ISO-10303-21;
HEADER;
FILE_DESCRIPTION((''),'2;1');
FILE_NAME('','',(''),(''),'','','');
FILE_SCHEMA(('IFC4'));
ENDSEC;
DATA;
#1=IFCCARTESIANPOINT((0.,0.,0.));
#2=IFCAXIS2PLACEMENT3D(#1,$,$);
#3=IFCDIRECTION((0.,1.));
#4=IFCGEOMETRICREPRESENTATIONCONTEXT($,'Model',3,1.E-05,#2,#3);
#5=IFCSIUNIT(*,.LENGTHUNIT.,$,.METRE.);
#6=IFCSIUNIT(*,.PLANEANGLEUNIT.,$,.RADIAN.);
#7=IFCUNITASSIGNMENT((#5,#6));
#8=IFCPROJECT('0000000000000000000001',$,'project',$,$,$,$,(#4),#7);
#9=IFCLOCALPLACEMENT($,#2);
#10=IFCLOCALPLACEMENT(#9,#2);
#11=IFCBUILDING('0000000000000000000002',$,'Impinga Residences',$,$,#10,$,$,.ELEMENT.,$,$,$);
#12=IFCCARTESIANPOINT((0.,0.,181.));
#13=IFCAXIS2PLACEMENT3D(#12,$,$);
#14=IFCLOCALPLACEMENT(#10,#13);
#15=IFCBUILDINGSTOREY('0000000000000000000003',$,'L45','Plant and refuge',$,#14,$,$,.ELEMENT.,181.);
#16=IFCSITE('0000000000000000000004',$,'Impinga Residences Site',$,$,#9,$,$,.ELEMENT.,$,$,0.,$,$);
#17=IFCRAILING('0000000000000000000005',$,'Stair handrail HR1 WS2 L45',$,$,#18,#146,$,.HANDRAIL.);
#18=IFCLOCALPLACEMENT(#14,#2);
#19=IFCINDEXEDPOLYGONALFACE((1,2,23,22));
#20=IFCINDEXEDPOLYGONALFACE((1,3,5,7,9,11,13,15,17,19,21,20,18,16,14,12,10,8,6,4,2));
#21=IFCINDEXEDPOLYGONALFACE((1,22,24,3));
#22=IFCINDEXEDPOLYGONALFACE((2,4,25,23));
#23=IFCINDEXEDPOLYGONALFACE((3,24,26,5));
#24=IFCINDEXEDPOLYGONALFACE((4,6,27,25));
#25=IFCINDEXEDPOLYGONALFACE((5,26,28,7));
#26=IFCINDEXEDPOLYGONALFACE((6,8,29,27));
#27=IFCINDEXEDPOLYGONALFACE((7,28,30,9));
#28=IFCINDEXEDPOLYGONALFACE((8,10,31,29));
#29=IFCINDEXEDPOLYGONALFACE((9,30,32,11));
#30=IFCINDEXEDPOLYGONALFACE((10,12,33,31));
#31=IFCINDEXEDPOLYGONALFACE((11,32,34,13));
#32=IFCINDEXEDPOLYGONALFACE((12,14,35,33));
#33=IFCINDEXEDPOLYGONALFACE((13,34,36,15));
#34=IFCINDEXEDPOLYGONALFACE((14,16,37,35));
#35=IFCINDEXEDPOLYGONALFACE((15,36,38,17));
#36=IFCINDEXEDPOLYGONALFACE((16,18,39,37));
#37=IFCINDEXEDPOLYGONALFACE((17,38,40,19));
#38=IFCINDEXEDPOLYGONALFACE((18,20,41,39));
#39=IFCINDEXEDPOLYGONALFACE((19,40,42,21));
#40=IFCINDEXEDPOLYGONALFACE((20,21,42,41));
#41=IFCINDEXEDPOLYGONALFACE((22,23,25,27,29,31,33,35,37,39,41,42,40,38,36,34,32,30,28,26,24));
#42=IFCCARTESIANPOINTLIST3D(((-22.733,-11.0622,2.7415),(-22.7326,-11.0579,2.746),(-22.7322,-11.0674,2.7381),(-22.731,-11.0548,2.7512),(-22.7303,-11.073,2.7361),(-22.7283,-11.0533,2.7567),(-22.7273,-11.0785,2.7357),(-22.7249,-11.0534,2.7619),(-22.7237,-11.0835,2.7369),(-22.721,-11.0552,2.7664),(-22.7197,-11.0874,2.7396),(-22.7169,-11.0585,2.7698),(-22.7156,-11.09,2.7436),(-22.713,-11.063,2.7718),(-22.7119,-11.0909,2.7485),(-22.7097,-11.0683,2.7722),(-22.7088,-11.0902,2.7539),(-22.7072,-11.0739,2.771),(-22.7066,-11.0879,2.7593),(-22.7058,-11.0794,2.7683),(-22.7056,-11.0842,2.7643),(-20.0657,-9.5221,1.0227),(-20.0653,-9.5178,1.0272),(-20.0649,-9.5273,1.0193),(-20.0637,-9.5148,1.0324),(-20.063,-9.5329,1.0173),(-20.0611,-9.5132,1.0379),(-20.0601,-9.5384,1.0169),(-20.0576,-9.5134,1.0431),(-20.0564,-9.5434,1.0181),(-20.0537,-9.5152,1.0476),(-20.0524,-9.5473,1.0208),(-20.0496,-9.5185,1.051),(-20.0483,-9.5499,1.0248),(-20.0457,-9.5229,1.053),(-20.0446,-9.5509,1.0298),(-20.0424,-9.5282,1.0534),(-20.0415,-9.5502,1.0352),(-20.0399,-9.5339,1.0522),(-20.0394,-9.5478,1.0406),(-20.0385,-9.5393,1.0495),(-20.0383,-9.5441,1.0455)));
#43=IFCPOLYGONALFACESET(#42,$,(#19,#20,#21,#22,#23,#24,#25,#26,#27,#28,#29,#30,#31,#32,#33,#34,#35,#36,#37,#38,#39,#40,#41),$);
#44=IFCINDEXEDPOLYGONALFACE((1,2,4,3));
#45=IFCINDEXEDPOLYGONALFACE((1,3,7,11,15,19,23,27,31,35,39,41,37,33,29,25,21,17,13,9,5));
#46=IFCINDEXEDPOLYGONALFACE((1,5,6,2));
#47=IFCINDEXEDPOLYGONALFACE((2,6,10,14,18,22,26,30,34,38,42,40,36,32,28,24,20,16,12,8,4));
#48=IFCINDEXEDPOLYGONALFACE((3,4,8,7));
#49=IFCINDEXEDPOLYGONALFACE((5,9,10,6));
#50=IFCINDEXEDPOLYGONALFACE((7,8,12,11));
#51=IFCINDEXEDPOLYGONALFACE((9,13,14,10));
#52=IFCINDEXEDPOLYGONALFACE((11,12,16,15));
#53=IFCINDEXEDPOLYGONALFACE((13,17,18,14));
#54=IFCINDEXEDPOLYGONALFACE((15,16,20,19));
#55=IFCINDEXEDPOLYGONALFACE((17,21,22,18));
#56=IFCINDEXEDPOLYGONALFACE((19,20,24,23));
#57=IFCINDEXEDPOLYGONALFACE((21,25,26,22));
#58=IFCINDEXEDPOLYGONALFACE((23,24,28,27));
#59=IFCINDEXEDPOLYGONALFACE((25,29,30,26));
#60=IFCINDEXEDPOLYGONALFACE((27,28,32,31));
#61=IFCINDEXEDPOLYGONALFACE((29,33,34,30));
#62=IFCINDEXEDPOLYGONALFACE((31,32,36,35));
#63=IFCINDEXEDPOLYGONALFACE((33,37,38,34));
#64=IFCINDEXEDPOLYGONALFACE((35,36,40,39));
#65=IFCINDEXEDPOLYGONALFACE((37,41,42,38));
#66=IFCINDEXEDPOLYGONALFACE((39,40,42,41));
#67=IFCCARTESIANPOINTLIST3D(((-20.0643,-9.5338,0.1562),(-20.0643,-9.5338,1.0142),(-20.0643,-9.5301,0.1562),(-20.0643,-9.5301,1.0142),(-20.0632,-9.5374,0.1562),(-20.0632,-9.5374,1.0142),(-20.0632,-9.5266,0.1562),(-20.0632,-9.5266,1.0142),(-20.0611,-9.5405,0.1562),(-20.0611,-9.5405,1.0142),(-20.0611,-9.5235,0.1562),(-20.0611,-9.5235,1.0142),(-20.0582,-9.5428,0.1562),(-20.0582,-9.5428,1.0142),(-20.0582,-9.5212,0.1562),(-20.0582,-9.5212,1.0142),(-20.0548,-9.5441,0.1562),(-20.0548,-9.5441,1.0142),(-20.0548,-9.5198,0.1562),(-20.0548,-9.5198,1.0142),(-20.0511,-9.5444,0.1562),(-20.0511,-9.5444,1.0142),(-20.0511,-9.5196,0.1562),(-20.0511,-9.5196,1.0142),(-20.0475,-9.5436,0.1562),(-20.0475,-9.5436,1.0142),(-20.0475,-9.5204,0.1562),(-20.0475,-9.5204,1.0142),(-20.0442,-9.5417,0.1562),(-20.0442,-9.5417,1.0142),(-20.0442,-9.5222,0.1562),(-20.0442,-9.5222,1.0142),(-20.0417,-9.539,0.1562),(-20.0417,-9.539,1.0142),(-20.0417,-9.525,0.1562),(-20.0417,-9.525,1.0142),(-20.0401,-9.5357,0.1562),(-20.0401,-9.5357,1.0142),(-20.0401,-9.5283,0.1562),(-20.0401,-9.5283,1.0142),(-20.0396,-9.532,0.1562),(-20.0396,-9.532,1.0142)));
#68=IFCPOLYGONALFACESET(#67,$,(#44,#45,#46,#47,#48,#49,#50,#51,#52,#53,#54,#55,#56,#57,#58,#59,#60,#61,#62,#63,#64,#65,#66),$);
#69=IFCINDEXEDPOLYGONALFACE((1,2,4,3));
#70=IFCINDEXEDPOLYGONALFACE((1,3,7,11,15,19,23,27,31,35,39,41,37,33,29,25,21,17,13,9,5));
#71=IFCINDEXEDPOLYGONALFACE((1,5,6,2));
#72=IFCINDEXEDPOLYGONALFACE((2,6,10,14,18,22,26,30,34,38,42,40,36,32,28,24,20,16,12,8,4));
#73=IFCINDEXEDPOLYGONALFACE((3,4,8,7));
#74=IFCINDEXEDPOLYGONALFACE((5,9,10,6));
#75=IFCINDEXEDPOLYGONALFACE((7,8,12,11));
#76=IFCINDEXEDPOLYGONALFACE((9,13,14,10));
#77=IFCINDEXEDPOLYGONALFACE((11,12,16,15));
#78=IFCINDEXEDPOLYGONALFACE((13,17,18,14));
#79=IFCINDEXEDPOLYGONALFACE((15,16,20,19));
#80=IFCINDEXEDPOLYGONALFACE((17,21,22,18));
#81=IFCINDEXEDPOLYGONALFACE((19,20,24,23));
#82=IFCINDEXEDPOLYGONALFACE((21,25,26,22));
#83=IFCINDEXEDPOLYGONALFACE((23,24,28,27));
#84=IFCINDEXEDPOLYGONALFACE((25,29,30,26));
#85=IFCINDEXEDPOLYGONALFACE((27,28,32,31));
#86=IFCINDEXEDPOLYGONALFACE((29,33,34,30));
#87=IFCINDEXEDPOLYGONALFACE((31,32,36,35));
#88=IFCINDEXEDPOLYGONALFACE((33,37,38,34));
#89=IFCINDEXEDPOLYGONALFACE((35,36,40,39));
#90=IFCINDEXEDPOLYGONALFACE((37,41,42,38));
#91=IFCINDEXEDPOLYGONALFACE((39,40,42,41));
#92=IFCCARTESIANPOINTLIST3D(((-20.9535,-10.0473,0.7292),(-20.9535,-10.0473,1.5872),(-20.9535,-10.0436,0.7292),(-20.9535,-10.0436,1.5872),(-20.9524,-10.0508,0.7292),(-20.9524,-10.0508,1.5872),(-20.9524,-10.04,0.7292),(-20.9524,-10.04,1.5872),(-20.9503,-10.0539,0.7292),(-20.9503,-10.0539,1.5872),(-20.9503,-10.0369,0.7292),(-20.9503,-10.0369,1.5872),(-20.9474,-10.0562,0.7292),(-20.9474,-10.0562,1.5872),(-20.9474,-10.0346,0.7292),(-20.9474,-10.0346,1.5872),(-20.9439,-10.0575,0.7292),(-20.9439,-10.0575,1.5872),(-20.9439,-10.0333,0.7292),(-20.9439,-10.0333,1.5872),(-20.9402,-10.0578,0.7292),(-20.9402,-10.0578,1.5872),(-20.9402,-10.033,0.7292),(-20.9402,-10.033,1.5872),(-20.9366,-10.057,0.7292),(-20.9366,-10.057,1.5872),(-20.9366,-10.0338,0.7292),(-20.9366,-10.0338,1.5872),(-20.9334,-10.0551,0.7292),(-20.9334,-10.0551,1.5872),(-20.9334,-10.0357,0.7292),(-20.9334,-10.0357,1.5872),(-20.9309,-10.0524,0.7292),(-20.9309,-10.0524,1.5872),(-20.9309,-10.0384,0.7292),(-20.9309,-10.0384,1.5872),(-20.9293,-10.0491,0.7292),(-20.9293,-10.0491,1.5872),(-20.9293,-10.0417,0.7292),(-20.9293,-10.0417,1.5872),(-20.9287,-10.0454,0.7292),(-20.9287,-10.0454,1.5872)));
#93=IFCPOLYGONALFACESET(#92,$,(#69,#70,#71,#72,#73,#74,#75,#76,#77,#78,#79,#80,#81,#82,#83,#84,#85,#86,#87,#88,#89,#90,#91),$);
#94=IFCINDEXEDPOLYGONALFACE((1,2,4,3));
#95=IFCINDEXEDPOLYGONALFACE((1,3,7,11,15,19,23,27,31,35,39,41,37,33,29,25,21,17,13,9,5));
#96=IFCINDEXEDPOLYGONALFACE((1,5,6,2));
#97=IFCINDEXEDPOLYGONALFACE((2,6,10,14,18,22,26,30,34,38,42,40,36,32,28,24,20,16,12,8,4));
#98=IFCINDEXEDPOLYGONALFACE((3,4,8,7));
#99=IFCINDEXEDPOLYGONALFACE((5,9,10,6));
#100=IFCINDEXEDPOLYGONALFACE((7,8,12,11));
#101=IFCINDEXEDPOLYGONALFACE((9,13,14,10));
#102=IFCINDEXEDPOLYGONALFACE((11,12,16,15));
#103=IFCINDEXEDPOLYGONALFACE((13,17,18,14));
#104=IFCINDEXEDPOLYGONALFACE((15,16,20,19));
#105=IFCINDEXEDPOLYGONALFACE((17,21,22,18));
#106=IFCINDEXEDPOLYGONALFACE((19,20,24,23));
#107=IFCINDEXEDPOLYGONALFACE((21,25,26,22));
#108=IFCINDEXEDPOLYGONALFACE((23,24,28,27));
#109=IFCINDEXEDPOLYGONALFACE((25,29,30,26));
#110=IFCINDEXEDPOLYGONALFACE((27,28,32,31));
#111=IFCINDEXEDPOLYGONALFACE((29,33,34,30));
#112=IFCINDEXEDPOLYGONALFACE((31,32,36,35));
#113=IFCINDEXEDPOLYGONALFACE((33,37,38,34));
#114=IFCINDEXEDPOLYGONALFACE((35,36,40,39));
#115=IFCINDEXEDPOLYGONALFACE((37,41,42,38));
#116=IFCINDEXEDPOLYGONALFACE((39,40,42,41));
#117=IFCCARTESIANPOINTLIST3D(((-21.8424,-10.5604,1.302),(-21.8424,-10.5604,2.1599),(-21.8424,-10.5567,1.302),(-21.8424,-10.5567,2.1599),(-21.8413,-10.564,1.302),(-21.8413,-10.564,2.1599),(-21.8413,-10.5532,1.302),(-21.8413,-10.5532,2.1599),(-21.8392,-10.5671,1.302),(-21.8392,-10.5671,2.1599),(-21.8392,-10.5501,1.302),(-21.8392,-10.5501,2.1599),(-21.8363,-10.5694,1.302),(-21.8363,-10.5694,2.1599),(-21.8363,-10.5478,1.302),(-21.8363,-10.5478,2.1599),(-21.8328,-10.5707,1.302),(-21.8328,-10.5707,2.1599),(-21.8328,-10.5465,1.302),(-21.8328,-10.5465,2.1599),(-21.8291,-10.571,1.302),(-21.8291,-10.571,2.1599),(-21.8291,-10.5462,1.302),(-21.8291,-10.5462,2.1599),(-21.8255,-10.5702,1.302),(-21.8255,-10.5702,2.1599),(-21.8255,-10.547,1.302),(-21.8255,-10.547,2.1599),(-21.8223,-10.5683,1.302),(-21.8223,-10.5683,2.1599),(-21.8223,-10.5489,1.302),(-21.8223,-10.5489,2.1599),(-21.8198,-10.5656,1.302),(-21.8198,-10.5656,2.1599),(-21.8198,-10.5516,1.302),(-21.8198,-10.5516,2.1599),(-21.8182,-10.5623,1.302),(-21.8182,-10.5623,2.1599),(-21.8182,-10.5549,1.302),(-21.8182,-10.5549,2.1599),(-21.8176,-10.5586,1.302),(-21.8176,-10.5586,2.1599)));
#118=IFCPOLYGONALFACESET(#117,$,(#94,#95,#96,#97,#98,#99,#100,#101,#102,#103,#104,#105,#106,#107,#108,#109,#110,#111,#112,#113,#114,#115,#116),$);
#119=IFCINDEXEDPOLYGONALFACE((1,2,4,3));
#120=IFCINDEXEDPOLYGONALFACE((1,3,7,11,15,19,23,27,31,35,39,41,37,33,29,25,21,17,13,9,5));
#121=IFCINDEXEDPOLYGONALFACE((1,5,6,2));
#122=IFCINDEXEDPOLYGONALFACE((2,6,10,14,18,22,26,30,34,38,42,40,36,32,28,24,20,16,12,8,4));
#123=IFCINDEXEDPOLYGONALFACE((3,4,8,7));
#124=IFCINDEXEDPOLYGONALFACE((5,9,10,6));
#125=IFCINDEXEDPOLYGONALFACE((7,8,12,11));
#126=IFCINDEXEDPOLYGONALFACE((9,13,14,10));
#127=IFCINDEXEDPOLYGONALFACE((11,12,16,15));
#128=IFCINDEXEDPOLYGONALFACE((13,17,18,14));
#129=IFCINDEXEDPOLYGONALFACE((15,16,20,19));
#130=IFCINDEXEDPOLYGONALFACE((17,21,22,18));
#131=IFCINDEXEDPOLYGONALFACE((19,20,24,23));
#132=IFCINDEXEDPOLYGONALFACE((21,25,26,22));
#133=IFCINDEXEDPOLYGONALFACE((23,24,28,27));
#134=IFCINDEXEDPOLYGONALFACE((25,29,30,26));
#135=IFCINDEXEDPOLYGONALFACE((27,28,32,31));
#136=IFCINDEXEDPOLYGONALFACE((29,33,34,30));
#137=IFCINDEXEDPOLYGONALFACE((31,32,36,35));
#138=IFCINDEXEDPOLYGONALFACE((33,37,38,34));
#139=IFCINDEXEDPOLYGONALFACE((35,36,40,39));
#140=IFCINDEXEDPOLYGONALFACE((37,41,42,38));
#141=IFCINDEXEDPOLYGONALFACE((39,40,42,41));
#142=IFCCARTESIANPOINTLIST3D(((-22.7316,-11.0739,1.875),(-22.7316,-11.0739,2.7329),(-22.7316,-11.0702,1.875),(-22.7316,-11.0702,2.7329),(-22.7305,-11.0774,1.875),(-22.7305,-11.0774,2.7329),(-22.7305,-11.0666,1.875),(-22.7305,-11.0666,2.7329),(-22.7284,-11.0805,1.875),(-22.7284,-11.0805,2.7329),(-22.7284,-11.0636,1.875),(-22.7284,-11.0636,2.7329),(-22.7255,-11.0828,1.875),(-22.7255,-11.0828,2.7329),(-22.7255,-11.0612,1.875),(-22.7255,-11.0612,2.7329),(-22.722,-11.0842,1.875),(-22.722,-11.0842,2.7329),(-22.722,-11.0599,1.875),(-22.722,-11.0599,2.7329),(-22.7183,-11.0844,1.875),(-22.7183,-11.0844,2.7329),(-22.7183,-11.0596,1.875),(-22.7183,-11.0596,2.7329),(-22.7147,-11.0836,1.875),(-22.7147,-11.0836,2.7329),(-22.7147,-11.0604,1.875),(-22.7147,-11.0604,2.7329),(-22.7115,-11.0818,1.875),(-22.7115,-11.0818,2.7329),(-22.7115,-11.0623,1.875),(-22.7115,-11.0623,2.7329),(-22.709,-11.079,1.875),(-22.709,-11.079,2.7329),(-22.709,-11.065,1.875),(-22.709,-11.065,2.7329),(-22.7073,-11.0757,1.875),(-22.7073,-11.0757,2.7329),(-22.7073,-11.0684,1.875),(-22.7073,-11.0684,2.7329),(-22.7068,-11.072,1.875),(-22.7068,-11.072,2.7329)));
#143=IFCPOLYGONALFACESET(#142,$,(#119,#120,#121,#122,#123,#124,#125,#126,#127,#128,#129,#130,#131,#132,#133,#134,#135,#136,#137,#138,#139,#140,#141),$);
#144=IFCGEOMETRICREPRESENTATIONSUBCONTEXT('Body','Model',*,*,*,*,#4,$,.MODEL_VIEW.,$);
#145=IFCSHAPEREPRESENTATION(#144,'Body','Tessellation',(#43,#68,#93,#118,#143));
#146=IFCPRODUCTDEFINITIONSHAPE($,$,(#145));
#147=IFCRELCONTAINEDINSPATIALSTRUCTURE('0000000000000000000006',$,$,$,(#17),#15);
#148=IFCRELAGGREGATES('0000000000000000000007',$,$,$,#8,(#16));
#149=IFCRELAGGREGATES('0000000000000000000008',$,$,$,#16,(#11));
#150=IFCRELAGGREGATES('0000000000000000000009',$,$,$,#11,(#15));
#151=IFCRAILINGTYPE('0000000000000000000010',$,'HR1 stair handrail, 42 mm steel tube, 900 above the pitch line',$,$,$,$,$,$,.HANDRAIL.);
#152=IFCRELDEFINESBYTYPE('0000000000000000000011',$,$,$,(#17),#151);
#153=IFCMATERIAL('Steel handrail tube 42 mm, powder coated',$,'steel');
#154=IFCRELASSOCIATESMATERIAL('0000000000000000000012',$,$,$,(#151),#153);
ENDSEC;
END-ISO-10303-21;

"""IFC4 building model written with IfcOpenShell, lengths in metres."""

from ifc_helpers import new_model, si_unit, direction, frame, origin, origin_2d, place, context, subcontext, project, spatial, circle, extrude, material, type_object, element, save


model = new_model("IFC4")

# Units and contexts
model_context = context("Model", 3, precision=1e-05, world=origin(), true_north=direction((0.0, 1.0)))
body_context = subcontext(model_context, "Body", "Model", "MODEL_VIEW")
ifc_project = project(units=[si_unit("LENGTHUNIT", "METRE"), si_unit("PLANEANGLEUNIT", "RADIAN")], contexts=[model_context])

# Site, building, storey
site_placement = place(None, origin())
site = spatial("IfcSite", under=ifc_project, at=site_placement, Name="Impinga Residences Site", CompositionType="ELEMENT", RefElevation=0.0)
building_placement = place(site_placement, origin())
building = spatial("IfcBuilding", under=site, at=building_placement, Name="Impinga Residences", CompositionType="ELEMENT")
storey_placement = place(building_placement, frame((0.0, 0.0, 181.0)))
storey = spatial("IfcBuildingStorey", under=building, at=storey_placement, Name="L45", Description="Plant and refuge", CompositionType="ELEMENT", Elevation=181.0)

# Railing
ifc_material_1 = material(Name="Steel handrail tube 42 mm, powder coated", Category="steel")
railing_type_1 = type_object("IfcRailingType", Name="HR1 stair handrail, 42 mm steel tube, 900 above the pitch line", PredefinedType="HANDRAIL", material=ifc_material_1)
railing_1_placement = place(storey_placement, frame((-20.052, -9.532, 0.1562)))
element("IfcRailing", 1, at=railing_1_placement, inside=storey, type_object=railing_type_1, Name="Stair handrail HR1 WS2 L45", PredefinedType="HANDRAIL", context=body_context, shape_type="SweptSolid", body=[
    extrude(circle(Radius=0.021, at=origin_2d()), frame((0.0, 0.0, 0.8789), z_axis=(-0.756226, -0.436639, 0.487307), x_axis=(0.500027, -0.86601, 0.0)), (0.0, 0.0, 1.0), 3.5271),
    extrude(circle(Radius=0.0125, at=origin_2d()), origin(), (0.0, 0.0, 1.0), 0.8579),
    extrude(circle(Radius=0.0125, at=origin_2d()), frame((-0.8892, -0.5134, 0.573)), (0.0, 0.0, 1.0), 0.8579),
    extrude(circle(Radius=0.0125, at=origin_2d()), frame((-1.7781, -1.0266, 1.1458)), (0.0, 0.0, 1.0), 0.8579),
    extrude(circle(Radius=0.0125, at=origin_2d()), frame((-2.6672, -1.54, 1.7188)), (0.0, 0.0, 1.0), 0.8579),
])

save(model, "model.ifc")
